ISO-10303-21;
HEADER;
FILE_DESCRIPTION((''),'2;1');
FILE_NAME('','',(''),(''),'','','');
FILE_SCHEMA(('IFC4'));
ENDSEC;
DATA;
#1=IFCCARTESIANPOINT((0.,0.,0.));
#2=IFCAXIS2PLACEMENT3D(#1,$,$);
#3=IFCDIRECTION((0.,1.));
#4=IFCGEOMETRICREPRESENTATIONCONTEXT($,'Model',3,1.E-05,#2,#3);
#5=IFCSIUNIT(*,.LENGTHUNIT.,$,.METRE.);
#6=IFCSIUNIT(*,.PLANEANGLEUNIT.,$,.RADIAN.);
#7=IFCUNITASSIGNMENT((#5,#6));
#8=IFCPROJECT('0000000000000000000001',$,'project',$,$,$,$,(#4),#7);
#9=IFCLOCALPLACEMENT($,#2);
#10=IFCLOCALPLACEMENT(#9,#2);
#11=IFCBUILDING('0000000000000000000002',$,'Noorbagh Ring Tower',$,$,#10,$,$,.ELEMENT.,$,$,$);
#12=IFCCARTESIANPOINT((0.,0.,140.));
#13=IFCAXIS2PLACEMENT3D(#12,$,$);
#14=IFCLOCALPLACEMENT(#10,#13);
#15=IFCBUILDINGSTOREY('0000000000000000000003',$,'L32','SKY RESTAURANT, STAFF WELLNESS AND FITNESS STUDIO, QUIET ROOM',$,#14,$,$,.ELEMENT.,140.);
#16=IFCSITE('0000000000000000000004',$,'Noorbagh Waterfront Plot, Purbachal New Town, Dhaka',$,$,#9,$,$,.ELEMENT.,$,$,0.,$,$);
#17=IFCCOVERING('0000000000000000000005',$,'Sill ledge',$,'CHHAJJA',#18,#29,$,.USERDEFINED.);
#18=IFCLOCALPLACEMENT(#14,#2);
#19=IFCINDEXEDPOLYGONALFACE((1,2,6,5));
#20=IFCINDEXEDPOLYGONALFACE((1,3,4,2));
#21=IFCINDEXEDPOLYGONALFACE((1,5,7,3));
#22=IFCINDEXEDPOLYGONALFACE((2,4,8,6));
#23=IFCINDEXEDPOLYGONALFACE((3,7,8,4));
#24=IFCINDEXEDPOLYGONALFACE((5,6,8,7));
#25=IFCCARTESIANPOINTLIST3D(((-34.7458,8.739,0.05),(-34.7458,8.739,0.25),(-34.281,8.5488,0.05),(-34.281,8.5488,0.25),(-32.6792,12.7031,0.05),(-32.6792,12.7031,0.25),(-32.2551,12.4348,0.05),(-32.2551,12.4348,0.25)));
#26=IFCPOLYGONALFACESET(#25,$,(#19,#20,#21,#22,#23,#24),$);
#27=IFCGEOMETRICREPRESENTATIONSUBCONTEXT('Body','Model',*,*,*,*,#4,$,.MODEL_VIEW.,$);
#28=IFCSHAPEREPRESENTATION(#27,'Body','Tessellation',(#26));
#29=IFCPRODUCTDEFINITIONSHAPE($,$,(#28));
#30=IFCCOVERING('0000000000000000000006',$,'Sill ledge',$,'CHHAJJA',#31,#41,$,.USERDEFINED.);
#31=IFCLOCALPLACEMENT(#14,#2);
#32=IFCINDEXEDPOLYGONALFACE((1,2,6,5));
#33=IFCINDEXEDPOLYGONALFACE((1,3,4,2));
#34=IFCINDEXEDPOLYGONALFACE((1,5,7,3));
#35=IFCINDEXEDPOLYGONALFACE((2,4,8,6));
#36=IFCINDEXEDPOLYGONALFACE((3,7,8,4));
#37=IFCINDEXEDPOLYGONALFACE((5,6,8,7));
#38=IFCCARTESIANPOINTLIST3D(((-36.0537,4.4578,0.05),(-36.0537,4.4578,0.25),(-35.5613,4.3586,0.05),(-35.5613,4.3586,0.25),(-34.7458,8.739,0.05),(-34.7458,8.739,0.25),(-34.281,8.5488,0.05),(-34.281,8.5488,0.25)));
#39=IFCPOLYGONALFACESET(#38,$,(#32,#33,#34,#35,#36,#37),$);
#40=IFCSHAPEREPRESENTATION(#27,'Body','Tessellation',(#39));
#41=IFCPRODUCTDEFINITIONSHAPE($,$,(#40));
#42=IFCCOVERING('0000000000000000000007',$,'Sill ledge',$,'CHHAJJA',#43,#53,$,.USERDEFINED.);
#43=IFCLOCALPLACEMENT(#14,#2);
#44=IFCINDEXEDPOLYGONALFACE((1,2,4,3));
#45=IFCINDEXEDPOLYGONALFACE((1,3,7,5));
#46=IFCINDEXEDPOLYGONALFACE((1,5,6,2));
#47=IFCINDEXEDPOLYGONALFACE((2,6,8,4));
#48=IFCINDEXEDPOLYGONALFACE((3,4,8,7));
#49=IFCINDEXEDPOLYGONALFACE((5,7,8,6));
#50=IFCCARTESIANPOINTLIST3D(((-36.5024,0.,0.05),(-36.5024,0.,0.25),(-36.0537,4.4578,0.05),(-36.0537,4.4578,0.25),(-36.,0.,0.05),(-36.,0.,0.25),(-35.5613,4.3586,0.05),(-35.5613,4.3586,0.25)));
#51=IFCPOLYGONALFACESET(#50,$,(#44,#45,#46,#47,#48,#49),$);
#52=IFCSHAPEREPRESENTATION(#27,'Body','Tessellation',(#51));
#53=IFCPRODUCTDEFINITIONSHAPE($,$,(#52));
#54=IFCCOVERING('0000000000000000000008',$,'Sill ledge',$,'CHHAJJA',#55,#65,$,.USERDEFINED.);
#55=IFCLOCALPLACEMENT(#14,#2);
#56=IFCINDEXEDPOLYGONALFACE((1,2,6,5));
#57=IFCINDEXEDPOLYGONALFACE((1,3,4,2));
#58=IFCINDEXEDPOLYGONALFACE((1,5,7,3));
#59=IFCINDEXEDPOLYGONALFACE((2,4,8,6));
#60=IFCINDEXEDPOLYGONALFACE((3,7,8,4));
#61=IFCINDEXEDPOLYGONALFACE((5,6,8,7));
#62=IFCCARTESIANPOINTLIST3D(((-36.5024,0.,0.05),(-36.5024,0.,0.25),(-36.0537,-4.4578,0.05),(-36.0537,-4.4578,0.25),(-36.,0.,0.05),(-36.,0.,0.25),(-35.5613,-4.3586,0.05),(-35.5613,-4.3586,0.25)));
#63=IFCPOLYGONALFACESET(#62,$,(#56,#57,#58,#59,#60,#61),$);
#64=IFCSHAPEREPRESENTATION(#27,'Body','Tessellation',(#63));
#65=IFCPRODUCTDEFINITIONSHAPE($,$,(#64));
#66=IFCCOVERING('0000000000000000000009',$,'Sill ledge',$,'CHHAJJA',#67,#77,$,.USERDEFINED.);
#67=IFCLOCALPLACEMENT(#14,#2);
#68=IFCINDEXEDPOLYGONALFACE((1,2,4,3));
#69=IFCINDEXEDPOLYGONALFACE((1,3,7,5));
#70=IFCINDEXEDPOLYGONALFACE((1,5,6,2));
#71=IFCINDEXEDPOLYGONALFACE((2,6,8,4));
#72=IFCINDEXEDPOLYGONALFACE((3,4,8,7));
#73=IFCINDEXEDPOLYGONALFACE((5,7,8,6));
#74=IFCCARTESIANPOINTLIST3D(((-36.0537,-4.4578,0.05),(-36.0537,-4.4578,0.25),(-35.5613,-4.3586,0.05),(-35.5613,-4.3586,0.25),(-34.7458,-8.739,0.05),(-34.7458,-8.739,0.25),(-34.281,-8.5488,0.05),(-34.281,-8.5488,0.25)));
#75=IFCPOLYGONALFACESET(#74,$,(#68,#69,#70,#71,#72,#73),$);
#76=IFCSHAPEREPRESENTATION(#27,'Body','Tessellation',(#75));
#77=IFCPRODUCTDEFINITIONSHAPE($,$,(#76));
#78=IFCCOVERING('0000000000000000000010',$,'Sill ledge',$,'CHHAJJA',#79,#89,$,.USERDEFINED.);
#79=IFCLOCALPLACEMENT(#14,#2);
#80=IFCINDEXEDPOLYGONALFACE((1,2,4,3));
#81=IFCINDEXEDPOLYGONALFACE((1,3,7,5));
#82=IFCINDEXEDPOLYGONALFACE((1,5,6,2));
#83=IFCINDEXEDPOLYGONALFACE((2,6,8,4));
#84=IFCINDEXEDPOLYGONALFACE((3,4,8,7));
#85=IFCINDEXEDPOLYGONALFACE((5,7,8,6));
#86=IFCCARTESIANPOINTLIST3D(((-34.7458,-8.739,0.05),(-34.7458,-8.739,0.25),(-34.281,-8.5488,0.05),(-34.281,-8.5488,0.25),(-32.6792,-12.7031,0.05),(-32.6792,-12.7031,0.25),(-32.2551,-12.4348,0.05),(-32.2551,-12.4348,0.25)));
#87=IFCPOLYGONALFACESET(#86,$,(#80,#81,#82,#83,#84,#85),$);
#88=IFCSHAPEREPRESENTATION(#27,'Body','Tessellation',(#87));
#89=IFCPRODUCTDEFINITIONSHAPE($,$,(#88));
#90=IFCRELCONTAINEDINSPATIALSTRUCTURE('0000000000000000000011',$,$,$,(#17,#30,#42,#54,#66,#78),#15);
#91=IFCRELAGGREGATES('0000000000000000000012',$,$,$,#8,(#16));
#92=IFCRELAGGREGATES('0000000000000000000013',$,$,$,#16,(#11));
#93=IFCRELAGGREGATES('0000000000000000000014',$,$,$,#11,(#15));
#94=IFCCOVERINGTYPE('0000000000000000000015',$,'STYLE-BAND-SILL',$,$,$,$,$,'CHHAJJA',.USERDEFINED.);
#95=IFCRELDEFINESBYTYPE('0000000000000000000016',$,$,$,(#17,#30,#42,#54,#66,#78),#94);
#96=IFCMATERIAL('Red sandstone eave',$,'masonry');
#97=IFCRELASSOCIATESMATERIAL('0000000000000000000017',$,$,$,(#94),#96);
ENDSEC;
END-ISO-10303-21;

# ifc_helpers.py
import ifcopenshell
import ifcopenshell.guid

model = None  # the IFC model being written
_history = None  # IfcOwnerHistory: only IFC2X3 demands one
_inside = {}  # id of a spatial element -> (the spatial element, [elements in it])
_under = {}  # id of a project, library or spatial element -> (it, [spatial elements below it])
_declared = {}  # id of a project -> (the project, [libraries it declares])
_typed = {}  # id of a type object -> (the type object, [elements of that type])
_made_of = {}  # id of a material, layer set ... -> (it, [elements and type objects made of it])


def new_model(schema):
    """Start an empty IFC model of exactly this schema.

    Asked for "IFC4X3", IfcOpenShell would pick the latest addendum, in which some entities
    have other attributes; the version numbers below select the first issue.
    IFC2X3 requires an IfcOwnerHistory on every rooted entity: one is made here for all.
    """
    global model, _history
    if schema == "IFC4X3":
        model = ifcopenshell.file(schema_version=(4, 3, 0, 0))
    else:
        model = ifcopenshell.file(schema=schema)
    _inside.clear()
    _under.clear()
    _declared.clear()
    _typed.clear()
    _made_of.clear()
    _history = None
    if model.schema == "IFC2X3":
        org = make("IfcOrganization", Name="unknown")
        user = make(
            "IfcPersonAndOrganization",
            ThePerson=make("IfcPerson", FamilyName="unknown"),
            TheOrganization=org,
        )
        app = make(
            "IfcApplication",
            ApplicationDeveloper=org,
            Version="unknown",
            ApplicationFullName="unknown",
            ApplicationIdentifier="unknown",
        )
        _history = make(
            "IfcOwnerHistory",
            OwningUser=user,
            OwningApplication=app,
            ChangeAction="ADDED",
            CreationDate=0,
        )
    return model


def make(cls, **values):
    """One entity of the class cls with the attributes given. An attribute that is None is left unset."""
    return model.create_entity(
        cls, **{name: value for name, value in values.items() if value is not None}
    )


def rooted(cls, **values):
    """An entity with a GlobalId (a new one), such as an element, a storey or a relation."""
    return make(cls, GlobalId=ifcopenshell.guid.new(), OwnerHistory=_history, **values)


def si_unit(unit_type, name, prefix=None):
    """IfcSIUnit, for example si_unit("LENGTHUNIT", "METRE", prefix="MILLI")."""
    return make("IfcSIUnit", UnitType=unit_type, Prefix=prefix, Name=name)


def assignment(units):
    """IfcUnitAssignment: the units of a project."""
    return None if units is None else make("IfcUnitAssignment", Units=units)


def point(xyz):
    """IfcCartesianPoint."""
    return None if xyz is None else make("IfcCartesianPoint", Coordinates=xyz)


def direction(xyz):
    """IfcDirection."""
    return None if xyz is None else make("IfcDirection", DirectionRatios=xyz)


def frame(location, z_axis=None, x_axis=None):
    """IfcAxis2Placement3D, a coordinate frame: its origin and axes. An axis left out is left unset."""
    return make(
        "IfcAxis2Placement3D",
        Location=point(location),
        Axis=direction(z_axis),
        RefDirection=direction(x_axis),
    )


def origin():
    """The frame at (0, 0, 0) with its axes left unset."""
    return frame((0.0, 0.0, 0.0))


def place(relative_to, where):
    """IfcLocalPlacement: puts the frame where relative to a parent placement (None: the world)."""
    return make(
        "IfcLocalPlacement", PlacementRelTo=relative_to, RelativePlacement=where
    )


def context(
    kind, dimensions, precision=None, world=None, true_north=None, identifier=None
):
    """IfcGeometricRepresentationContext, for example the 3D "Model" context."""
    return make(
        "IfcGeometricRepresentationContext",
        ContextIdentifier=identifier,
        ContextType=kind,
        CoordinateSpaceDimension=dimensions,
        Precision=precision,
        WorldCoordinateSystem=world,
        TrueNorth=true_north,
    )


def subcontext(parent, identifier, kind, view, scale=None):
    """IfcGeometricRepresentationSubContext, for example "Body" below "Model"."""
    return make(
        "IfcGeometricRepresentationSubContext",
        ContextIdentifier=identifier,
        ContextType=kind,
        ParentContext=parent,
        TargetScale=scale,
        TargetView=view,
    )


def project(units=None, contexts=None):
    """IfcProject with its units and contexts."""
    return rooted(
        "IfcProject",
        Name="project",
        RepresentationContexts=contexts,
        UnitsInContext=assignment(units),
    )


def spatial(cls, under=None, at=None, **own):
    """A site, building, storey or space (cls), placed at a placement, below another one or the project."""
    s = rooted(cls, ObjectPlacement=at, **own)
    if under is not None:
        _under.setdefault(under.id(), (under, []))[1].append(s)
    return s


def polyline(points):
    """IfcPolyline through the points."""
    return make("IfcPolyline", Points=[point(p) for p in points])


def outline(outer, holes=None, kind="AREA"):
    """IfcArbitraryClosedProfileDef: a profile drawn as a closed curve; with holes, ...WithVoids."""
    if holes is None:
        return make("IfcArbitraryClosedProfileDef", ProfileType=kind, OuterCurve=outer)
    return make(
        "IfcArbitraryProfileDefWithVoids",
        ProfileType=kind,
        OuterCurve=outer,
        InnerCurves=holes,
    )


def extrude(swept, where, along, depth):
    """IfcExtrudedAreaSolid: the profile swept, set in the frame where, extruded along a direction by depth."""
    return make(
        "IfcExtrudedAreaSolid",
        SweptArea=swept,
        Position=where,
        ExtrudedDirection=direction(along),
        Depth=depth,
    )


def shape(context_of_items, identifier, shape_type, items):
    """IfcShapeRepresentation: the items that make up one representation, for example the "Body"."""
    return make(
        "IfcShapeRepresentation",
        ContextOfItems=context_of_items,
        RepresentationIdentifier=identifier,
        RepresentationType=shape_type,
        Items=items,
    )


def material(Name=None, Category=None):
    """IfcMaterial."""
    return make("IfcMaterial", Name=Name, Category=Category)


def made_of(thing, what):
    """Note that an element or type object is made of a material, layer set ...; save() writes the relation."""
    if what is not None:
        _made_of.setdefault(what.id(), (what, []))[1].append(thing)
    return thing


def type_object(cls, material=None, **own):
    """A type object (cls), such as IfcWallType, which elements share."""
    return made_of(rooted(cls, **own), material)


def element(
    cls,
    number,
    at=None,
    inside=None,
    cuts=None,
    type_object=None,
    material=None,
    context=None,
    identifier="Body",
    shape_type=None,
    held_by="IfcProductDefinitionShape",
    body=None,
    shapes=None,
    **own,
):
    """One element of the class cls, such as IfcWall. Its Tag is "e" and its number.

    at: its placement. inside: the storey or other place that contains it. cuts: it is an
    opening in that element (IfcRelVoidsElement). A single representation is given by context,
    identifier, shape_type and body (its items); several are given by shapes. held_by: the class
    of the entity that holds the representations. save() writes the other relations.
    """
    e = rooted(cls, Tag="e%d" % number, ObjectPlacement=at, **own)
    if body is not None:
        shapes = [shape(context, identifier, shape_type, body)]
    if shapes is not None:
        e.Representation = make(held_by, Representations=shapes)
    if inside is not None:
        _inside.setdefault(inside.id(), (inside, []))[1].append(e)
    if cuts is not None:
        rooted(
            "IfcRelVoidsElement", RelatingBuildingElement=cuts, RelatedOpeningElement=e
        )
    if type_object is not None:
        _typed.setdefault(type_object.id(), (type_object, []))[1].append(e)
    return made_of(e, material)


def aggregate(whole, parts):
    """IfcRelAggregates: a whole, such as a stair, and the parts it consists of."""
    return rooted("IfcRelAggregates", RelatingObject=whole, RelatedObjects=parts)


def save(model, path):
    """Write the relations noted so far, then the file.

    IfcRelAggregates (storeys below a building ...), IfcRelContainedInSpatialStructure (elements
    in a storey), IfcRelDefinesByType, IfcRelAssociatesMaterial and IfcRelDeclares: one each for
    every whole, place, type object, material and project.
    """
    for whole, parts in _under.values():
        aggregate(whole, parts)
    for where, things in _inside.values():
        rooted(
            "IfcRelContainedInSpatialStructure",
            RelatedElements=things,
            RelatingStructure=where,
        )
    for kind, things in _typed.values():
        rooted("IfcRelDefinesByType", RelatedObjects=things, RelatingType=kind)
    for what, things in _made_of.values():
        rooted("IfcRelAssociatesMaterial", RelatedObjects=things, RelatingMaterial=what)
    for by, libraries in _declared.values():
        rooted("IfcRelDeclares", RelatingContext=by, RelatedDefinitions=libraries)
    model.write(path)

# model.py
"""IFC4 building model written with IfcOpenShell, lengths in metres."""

from ifc_helpers import new_model, si_unit, direction, frame, origin, place, context, subcontext, project, spatial, polyline, outline, extrude, material, type_object, element, save


model = new_model("IFC4")

# Units and contexts
model_context = context("Model", 3, precision=1e-05, world=origin(), true_north=direction((0.0, 1.0)))
body_context = subcontext(model_context, "Body", "Model", "MODEL_VIEW")
ifc_project = project(units=[si_unit("LENGTHUNIT", "METRE"), si_unit("PLANEANGLEUNIT", "RADIAN")], contexts=[model_context])

# Site, building, storey
site_placement = place(None, origin())
site = spatial("IfcSite", under=ifc_project, at=site_placement, Name="Noorbagh Waterfront Plot, Purbachal New Town, Dhaka", CompositionType="ELEMENT", RefElevation=0.0)
building_placement = place(site_placement, origin())
building = spatial("IfcBuilding", under=site, at=building_placement, Name="Noorbagh Ring Tower", CompositionType="ELEMENT")
storey_placement = place(building_placement, frame((0.0, 0.0, 140.0)))
storey = spatial("IfcBuildingStorey", under=building, at=storey_placement, Name="L32", Description="SKY RESTAURANT, STAFF WELLNESS AND FITNESS STUDIO, QUIET ROOM", CompositionType="ELEMENT", Elevation=140.0)

# Coverings
ifc_material_1 = material(Name="Red sandstone eave", Category="masonry")
covering_type_1 = type_object("IfcCoveringType", Name="STYLE-BAND-SILL", ElementType="CHHAJJA", PredefinedType="USERDEFINED", material=ifc_material_1)
covering_1_placement = place(storey_placement, frame((0.0, 0.0, 0.05)))
element("IfcCovering", 1, at=covering_1_placement, inside=storey, type_object=covering_type_1, Name="Sill ledge", ObjectType="CHHAJJA", PredefinedType="USERDEFINED", context=body_context, shape_type="SweptSolid", body=[
    extrude(outline(polyline([(-32.2551, 12.4348), (-34.281, 8.5488), (-34.7458, 8.739), (-32.6792, 12.7031), (-32.2551, 12.4348)])), origin(), (0.0, 0.0, 1.0), 0.2),
])
covering_2_placement = place(storey_placement, frame((0.0, 0.0, 0.05)))
element("IfcCovering", 2, at=covering_2_placement, inside=storey, type_object=covering_type_1, Name="Sill ledge", ObjectType="CHHAJJA", PredefinedType="USERDEFINED", context=body_context, shape_type="SweptSolid", body=[
    extrude(outline(polyline([(-34.281, 8.5488), (-35.5613, 4.3586), (-36.0537, 4.4578), (-34.7458, 8.739), (-34.281, 8.5488)])), origin(), (0.0, 0.0, 1.0), 0.2),
])
covering_3_placement = place(storey_placement, frame((0.0, 0.0, 0.05)))
element("IfcCovering", 3, at=covering_3_placement, inside=storey, type_object=covering_type_1, Name="Sill ledge", ObjectType="CHHAJJA", PredefinedType="USERDEFINED", context=body_context, shape_type="SweptSolid", body=[
    extrude(outline(polyline([(-35.5613, 4.3586), (-36.0, 0.0), (-36.5024, 0.0), (-36.0537, 4.4578), (-35.5613, 4.3586)])), origin(), (0.0, 0.0, 1.0), 0.2),
])
covering_4_placement = place(storey_placement, frame((0.0, 0.0, 0.05)))
element("IfcCovering", 4, at=covering_4_placement, inside=storey, type_object=covering_type_1, Name="Sill ledge", ObjectType="CHHAJJA", PredefinedType="USERDEFINED", context=body_context, shape_type="SweptSolid", body=[
    extrude(outline(polyline([(-36.0, 0.0), (-35.5613, -4.3586), (-36.0537, -4.4578), (-36.5024, 0.0), (-36.0, 0.0)])), origin(), (0.0, 0.0, 1.0), 0.2),
])
covering_5_placement = place(storey_placement, frame((0.0, 0.0, 0.05)))
element("IfcCovering", 5, at=covering_5_placement, inside=storey, type_object=covering_type_1, Name="Sill ledge", ObjectType="CHHAJJA", PredefinedType="USERDEFINED", context=body_context, shape_type="SweptSolid", body=[
    extrude(outline(polyline([(-35.5613, -4.3586), (-34.281, -8.5488), (-34.7458, -8.739), (-36.0537, -4.4578), (-35.5613, -4.3586)])), origin(), (0.0, 0.0, 1.0), 0.2),
])
covering_6_placement = place(storey_placement, frame((0.0, 0.0, 0.05)))
element("IfcCovering", 6, at=covering_6_placement, inside=storey, type_object=covering_type_1, Name="Sill ledge", ObjectType="CHHAJJA", PredefinedType="USERDEFINED", context=body_context, shape_type="SweptSolid", body=[
    extrude(outline(polyline([(-34.281, -8.5488), (-32.2551, -12.4348), (-32.6792, -12.7031), (-34.7458, -8.739), (-34.281, -8.5488)])), origin(), (0.0, 0.0, 1.0), 0.2),
])

save(model, "model.ifc")
